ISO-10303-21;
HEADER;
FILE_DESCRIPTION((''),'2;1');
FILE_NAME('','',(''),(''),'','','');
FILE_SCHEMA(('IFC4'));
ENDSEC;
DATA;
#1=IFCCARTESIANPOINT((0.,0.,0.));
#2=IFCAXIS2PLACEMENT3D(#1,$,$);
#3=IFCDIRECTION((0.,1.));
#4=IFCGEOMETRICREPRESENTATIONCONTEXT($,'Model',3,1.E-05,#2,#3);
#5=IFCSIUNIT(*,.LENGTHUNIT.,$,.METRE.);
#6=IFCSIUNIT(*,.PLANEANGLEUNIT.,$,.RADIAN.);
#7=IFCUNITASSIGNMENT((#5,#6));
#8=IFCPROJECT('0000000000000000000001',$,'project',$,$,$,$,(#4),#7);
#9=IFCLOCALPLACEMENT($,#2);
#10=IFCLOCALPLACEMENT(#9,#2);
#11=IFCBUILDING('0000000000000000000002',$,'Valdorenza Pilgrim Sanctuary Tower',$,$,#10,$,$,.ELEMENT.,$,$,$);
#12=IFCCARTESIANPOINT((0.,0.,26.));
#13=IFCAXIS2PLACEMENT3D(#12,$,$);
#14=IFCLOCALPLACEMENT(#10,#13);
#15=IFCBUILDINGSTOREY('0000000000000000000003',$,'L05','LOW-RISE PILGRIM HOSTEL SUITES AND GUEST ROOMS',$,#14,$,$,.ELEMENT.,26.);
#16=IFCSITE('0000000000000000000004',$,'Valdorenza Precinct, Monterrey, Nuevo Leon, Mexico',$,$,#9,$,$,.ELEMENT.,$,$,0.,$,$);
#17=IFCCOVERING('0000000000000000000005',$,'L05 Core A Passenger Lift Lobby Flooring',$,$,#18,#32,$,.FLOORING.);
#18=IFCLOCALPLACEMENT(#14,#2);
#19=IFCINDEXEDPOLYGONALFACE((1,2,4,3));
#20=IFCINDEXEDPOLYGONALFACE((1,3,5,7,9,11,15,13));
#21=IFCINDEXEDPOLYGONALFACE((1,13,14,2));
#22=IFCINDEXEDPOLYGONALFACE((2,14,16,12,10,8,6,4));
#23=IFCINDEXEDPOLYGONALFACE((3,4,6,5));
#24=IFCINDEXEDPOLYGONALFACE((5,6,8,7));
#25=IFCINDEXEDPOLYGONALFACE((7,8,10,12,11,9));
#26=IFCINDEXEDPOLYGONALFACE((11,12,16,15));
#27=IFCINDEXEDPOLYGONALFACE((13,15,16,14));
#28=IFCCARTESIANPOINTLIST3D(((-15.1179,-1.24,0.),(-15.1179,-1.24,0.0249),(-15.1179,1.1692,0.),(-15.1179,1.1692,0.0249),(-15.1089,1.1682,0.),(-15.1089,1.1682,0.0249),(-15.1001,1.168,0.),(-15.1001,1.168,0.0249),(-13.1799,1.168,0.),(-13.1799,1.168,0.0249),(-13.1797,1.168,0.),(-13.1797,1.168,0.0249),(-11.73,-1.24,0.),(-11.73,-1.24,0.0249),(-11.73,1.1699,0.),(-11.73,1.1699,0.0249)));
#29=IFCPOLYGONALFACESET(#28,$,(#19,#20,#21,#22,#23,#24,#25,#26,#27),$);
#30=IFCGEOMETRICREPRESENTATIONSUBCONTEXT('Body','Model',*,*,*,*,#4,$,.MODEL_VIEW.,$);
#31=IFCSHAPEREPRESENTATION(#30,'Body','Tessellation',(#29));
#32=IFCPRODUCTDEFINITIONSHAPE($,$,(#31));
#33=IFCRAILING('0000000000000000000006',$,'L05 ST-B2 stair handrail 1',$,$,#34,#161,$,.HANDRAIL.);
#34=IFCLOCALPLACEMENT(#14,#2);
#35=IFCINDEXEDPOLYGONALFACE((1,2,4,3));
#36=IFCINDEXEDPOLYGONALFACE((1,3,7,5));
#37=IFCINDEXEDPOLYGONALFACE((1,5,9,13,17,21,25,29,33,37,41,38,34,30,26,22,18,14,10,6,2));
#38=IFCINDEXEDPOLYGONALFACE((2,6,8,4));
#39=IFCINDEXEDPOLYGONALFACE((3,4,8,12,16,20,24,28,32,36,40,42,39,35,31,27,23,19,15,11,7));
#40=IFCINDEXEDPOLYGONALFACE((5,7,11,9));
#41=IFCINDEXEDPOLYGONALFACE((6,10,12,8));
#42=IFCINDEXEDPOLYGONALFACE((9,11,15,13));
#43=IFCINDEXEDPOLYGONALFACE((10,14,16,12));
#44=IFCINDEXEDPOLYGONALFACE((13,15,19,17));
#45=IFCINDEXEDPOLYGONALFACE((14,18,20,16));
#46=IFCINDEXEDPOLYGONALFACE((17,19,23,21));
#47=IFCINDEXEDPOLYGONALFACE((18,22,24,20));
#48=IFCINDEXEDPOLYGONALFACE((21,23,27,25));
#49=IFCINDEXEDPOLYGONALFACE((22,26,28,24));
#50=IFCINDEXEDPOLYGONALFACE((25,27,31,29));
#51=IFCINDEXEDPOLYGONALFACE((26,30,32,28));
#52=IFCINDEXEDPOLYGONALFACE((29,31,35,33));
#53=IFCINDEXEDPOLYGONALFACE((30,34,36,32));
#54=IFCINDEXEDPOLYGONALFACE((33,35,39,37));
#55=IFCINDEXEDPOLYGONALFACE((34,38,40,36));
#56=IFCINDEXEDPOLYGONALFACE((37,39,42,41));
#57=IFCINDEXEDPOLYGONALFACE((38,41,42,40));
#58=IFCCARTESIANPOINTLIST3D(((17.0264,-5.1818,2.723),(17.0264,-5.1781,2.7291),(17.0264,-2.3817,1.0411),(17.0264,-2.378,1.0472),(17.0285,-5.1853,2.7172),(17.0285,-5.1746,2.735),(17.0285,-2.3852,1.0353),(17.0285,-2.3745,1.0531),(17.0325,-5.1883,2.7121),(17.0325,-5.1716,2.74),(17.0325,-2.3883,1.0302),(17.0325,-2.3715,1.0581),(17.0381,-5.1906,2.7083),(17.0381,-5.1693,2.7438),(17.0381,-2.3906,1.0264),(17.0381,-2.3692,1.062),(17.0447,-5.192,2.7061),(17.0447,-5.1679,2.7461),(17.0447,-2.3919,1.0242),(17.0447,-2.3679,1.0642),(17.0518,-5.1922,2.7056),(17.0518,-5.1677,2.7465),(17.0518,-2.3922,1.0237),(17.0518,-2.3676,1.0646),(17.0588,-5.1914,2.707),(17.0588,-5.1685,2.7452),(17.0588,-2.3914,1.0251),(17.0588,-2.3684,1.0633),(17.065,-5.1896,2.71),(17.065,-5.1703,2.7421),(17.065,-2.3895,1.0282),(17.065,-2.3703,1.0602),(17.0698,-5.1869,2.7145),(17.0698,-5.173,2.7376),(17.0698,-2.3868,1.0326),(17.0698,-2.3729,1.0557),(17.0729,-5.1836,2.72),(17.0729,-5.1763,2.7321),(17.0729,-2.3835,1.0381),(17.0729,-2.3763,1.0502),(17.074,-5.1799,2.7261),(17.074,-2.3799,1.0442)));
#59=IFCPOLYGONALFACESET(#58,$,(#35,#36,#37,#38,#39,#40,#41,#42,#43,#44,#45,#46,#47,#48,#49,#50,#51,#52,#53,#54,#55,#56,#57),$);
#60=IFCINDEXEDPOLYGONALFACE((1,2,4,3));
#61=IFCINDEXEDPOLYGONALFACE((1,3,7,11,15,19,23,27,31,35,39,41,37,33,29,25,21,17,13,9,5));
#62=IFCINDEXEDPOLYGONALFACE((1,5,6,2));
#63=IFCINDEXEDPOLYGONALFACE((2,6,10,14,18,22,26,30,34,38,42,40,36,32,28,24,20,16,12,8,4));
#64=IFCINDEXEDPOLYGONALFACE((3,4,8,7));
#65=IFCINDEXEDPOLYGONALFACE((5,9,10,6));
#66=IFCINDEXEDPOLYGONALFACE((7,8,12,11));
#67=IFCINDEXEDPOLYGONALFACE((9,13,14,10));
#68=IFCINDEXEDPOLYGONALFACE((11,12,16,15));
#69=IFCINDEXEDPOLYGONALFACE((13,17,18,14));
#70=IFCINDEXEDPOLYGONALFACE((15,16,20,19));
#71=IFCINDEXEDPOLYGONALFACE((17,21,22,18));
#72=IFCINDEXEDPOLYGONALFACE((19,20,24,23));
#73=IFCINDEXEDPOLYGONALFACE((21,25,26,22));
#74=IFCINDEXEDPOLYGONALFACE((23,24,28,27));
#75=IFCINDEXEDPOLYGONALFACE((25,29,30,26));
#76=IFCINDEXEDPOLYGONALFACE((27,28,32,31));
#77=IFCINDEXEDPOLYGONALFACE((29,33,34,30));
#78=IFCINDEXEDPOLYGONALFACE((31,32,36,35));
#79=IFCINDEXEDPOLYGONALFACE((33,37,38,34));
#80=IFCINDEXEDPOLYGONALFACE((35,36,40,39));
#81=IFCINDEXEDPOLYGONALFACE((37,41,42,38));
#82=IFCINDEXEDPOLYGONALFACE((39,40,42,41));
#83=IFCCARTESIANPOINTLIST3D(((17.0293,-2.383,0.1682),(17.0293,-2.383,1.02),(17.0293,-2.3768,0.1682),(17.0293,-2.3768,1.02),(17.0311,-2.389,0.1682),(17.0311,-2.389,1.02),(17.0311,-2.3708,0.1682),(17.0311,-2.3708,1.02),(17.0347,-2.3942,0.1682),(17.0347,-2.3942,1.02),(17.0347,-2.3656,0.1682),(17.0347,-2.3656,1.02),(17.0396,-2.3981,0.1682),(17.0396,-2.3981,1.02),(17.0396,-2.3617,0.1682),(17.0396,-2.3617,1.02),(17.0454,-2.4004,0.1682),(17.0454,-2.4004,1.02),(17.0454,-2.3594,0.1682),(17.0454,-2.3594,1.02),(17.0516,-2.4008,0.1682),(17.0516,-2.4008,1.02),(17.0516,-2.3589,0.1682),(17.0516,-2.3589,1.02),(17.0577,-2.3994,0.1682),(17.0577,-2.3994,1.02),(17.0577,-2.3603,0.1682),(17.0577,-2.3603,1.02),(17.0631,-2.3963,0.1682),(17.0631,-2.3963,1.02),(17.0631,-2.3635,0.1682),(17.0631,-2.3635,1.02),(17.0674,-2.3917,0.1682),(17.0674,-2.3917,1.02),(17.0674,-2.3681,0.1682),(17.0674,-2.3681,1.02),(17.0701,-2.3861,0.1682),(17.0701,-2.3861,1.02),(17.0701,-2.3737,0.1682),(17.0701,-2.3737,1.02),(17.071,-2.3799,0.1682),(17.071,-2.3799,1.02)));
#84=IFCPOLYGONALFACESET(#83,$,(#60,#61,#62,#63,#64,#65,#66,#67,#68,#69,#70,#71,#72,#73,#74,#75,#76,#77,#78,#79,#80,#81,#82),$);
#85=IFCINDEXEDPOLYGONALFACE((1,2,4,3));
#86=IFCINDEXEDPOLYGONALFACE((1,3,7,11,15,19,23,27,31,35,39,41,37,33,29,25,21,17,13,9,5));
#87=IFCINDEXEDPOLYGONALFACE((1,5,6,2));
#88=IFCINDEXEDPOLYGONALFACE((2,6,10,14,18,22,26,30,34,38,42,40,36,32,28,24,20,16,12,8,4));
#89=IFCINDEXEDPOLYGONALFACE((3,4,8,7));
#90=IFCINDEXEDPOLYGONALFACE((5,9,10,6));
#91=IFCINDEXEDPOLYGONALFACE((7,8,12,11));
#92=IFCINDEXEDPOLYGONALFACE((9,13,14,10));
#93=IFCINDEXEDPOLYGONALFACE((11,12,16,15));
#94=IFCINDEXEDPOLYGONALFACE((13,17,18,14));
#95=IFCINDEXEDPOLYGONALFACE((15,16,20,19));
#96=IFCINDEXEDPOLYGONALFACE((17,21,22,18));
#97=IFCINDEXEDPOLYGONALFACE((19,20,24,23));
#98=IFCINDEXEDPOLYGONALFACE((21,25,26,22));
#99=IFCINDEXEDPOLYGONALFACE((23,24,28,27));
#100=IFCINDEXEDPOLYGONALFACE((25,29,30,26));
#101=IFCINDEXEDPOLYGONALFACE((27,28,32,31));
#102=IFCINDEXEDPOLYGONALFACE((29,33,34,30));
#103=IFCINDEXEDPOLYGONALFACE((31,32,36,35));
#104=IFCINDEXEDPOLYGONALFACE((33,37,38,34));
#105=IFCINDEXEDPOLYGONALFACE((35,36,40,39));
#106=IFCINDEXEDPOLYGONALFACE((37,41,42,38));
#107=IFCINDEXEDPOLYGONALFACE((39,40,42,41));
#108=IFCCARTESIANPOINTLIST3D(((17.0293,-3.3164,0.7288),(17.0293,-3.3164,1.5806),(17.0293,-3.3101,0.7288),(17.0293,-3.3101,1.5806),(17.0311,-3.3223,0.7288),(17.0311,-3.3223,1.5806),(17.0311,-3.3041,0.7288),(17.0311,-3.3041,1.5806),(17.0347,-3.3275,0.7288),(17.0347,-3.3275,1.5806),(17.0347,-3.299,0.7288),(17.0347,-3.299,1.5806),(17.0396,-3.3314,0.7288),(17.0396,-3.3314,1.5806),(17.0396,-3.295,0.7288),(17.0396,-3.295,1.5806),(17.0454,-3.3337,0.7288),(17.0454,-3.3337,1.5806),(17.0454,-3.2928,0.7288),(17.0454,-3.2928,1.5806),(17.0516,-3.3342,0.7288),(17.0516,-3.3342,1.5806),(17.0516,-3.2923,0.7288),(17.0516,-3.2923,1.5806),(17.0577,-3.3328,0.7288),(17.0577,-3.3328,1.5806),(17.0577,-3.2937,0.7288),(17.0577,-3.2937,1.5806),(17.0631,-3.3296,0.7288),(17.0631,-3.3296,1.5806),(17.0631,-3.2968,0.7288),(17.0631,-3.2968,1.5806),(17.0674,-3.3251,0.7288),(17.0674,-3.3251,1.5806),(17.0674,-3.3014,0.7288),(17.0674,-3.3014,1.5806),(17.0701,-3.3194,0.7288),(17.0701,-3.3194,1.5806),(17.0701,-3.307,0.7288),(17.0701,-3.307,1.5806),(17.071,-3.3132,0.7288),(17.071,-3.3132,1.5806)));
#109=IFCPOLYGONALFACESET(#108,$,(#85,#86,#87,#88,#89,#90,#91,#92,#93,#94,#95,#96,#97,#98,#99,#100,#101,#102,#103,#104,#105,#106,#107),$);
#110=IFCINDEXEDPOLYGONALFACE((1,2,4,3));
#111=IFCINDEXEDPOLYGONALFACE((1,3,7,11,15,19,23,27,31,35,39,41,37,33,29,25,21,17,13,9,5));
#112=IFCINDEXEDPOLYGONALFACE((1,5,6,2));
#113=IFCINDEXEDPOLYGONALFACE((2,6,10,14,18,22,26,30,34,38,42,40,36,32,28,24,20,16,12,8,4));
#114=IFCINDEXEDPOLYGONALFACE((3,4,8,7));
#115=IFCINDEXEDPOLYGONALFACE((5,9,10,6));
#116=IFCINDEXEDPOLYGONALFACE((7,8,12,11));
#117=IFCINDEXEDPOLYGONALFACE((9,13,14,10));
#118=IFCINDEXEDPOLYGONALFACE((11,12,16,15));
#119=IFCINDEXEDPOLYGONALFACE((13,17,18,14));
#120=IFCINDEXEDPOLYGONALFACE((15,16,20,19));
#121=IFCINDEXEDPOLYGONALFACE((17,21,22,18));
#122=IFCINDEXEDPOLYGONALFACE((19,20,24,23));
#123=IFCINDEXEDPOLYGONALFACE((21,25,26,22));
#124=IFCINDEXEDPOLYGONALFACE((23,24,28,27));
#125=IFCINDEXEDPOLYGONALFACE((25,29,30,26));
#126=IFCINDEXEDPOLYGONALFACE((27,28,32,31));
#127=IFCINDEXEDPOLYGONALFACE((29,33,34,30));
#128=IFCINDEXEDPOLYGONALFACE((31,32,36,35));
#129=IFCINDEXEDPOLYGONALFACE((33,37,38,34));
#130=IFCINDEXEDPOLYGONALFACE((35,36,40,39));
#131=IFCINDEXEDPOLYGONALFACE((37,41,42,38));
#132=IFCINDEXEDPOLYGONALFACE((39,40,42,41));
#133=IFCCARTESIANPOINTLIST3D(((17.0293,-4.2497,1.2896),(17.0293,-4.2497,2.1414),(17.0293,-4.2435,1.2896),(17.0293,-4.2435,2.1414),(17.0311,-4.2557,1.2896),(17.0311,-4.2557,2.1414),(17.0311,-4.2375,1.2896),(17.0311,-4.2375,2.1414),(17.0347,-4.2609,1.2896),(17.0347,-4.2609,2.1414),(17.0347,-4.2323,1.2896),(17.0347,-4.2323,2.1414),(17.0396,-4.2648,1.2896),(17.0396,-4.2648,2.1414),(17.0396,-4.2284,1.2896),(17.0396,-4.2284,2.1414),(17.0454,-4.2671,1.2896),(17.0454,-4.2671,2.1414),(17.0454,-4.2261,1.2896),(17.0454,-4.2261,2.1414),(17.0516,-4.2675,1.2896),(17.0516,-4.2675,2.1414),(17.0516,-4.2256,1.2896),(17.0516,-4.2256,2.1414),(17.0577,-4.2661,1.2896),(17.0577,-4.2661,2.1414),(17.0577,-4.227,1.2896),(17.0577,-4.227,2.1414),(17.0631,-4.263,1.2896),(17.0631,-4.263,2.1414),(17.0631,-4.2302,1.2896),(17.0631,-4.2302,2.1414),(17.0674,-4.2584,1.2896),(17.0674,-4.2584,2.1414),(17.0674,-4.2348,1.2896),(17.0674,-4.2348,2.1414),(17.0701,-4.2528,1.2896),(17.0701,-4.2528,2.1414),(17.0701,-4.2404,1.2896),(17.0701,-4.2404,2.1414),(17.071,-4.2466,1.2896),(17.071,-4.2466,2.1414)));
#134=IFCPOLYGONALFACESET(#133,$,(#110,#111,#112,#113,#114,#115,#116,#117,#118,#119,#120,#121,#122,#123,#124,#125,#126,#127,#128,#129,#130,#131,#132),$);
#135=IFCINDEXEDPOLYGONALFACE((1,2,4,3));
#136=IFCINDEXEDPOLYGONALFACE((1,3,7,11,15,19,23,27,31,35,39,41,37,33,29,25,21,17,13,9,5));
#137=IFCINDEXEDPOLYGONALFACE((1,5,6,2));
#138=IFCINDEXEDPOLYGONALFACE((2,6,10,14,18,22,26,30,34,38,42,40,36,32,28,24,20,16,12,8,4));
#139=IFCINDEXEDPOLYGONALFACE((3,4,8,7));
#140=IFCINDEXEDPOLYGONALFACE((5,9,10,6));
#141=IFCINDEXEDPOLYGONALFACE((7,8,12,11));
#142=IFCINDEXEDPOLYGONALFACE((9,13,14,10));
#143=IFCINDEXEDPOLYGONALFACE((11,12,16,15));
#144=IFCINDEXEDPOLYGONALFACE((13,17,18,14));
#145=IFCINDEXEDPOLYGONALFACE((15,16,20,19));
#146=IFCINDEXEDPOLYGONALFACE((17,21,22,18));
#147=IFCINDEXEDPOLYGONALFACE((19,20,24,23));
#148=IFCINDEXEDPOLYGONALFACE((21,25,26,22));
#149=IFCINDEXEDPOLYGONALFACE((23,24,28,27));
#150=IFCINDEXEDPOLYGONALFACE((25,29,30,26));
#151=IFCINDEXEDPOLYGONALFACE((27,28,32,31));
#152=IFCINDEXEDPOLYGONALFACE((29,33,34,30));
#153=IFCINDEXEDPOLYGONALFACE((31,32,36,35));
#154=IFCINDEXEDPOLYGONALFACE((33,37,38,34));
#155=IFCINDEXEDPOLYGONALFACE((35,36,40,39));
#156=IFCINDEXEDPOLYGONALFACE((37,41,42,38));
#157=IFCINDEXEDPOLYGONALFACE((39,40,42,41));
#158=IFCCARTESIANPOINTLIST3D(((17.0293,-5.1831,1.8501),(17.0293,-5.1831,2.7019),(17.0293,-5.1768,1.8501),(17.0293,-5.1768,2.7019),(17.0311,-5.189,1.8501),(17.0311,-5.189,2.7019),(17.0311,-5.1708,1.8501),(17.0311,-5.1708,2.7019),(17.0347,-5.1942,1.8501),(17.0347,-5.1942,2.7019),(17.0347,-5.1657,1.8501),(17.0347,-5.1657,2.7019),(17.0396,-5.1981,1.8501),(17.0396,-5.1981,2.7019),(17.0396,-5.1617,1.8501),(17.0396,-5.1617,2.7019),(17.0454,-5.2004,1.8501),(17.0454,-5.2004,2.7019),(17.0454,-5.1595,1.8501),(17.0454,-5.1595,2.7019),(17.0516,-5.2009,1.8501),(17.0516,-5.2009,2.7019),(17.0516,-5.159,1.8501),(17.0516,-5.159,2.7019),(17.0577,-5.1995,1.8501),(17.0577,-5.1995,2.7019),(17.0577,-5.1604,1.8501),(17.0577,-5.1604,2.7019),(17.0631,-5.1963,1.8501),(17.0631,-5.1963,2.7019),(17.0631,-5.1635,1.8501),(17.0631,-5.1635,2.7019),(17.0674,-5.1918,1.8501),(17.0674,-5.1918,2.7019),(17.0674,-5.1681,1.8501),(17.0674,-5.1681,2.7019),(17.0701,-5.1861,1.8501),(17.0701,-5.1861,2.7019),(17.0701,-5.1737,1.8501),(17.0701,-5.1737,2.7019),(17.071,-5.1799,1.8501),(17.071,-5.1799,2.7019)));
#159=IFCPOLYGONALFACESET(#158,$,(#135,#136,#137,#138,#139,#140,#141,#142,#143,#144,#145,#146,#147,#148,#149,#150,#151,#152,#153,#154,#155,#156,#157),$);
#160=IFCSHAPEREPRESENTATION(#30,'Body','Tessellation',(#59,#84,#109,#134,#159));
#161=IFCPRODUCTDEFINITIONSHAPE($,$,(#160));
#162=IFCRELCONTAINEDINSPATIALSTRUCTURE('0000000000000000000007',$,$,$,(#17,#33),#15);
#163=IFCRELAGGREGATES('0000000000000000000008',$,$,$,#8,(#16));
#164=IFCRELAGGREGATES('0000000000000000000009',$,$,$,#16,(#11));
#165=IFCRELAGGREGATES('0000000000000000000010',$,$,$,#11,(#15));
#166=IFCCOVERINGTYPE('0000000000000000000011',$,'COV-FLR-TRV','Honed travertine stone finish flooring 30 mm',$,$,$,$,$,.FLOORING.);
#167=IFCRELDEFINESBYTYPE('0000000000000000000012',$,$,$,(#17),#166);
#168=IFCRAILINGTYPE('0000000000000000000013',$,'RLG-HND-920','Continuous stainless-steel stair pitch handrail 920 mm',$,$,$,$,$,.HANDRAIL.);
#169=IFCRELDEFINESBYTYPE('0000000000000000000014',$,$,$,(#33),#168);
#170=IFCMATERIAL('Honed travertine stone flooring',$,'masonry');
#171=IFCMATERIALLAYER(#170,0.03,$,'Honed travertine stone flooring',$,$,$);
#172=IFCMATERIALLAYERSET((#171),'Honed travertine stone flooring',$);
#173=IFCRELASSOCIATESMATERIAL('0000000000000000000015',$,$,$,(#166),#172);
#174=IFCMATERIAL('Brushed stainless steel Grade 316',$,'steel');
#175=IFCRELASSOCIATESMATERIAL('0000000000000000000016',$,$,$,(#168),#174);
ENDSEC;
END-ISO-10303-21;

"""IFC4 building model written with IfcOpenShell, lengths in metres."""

from ifc_helpers import new_model, si_unit, direction, frame, origin, origin_2d, place, context, subcontext, project, spatial, polyline, circle, outline, extrude, material, layer, layer_set, type_object, element, save


model = new_model("IFC4")

# Units and contexts
model_context = context("Model", 3, precision=1e-05, world=origin(), true_north=direction((0.0, 1.0)))
body_context = subcontext(model_context, "Body", "Model", "MODEL_VIEW")
ifc_project = project(units=[si_unit("LENGTHUNIT", "METRE"), si_unit("PLANEANGLEUNIT", "RADIAN")], contexts=[model_context])

# Site, building, storey
site_placement = place(None, origin())
site = spatial("IfcSite", under=ifc_project, at=site_placement, Name="Valdorenza Precinct, Monterrey, Nuevo Leon, Mexico", CompositionType="ELEMENT", RefElevation=0.0)
building_placement = place(site_placement, origin())
building = spatial("IfcBuilding", under=site, at=building_placement, Name="Valdorenza Pilgrim Sanctuary Tower", CompositionType="ELEMENT")
storey_placement = place(building_placement, frame((0.0, 0.0, 26.0)))
storey = spatial("IfcBuildingStorey", under=building, at=storey_placement, Name="L05", Description="LOW-RISE PILGRIM HOSTEL SUITES AND GUEST ROOMS", CompositionType="ELEMENT", Elevation=26.0)

# Covering
ifc_material_1 = material(Name="Honed travertine stone flooring", Category="masonry")
ifc_layer_1 = layer(ifc_material_1, 0.03, Name="Honed travertine stone flooring")
ifc_layer_set_1 = layer_set([ifc_layer_1], Name="Honed travertine stone flooring")
covering_type_1 = type_object("IfcCoveringType", Name="COV-FLR-TRV", Description="Honed travertine stone finish flooring 30 mm", PredefinedType="FLOORING", material=ifc_layer_set_1)
covering_1_placement = place(storey_placement, origin())
element("IfcCovering", 1, at=covering_1_placement, inside=storey, type_object=covering_type_1, Name="L05 Core A Passenger Lift Lobby Flooring", PredefinedType="FLOORING", context=body_context, shape_type="SweptSolid", body=[
    extrude(outline(polyline([(-15.1179, 1.1692), (-15.1089, 1.1682), (-15.1089, 1.1682), (-15.1001, 1.168), (-13.1799, 1.168), (-13.1797, 1.168), (-11.73, 1.1699), (-11.73, -1.24), (-15.1179, -1.24), (-15.1179, 1.1692)])), origin(), (0.0, 0.0, 1.0), 0.0249),
])

# Railing
ifc_material_2 = material(Name="Brushed stainless steel Grade 316", Category="steel")
railing_type = type_object("IfcRailingType", Name="RLG-HND-920", Description="Continuous stainless-steel stair pitch handrail 920 mm", PredefinedType="HANDRAIL", material=ifc_material_2)
railing_placement = place(storey_placement, frame((17.05, -2.3799, 0.1682)))
element("IfcRailing", 2, at=railing_placement, inside=storey, type_object=railing_type, Name="L05 ST-B2 stair handrail 1", PredefinedType="HANDRAIL", context=body_context, shape_type="SweptSolid", body=[
    extrude(circle(Radius=0.0239, at=origin_2d()), frame((0.0, 0.0, 0.876), z_axis=(0.0, -0.857242, 0.514913), x_axis=(1.0, 0.0, 0.0)), (0.0, 0.0, 1.0), 3.2664),
    extrude(circle(Radius=0.021, at=origin_2d()), origin(), (0.0, 0.0, 1.0), 0.8518),
    extrude(circle(Radius=0.021, at=origin_2d()), frame((0.0, -0.9333, 0.5605)), (0.0, 0.0, 1.0), 0.8518),
    extrude(circle(Radius=0.021, at=origin_2d()), frame((0.0, -1.8667, 1.1213)), (0.0, 0.0, 1.0), 0.8518),
    extrude(circle(Radius=0.021, at=origin_2d()), frame((0.0, -2.8, 1.6819)), (0.0, 0.0, 1.0), 0.8518),
])

save(model, "model.ifc")
